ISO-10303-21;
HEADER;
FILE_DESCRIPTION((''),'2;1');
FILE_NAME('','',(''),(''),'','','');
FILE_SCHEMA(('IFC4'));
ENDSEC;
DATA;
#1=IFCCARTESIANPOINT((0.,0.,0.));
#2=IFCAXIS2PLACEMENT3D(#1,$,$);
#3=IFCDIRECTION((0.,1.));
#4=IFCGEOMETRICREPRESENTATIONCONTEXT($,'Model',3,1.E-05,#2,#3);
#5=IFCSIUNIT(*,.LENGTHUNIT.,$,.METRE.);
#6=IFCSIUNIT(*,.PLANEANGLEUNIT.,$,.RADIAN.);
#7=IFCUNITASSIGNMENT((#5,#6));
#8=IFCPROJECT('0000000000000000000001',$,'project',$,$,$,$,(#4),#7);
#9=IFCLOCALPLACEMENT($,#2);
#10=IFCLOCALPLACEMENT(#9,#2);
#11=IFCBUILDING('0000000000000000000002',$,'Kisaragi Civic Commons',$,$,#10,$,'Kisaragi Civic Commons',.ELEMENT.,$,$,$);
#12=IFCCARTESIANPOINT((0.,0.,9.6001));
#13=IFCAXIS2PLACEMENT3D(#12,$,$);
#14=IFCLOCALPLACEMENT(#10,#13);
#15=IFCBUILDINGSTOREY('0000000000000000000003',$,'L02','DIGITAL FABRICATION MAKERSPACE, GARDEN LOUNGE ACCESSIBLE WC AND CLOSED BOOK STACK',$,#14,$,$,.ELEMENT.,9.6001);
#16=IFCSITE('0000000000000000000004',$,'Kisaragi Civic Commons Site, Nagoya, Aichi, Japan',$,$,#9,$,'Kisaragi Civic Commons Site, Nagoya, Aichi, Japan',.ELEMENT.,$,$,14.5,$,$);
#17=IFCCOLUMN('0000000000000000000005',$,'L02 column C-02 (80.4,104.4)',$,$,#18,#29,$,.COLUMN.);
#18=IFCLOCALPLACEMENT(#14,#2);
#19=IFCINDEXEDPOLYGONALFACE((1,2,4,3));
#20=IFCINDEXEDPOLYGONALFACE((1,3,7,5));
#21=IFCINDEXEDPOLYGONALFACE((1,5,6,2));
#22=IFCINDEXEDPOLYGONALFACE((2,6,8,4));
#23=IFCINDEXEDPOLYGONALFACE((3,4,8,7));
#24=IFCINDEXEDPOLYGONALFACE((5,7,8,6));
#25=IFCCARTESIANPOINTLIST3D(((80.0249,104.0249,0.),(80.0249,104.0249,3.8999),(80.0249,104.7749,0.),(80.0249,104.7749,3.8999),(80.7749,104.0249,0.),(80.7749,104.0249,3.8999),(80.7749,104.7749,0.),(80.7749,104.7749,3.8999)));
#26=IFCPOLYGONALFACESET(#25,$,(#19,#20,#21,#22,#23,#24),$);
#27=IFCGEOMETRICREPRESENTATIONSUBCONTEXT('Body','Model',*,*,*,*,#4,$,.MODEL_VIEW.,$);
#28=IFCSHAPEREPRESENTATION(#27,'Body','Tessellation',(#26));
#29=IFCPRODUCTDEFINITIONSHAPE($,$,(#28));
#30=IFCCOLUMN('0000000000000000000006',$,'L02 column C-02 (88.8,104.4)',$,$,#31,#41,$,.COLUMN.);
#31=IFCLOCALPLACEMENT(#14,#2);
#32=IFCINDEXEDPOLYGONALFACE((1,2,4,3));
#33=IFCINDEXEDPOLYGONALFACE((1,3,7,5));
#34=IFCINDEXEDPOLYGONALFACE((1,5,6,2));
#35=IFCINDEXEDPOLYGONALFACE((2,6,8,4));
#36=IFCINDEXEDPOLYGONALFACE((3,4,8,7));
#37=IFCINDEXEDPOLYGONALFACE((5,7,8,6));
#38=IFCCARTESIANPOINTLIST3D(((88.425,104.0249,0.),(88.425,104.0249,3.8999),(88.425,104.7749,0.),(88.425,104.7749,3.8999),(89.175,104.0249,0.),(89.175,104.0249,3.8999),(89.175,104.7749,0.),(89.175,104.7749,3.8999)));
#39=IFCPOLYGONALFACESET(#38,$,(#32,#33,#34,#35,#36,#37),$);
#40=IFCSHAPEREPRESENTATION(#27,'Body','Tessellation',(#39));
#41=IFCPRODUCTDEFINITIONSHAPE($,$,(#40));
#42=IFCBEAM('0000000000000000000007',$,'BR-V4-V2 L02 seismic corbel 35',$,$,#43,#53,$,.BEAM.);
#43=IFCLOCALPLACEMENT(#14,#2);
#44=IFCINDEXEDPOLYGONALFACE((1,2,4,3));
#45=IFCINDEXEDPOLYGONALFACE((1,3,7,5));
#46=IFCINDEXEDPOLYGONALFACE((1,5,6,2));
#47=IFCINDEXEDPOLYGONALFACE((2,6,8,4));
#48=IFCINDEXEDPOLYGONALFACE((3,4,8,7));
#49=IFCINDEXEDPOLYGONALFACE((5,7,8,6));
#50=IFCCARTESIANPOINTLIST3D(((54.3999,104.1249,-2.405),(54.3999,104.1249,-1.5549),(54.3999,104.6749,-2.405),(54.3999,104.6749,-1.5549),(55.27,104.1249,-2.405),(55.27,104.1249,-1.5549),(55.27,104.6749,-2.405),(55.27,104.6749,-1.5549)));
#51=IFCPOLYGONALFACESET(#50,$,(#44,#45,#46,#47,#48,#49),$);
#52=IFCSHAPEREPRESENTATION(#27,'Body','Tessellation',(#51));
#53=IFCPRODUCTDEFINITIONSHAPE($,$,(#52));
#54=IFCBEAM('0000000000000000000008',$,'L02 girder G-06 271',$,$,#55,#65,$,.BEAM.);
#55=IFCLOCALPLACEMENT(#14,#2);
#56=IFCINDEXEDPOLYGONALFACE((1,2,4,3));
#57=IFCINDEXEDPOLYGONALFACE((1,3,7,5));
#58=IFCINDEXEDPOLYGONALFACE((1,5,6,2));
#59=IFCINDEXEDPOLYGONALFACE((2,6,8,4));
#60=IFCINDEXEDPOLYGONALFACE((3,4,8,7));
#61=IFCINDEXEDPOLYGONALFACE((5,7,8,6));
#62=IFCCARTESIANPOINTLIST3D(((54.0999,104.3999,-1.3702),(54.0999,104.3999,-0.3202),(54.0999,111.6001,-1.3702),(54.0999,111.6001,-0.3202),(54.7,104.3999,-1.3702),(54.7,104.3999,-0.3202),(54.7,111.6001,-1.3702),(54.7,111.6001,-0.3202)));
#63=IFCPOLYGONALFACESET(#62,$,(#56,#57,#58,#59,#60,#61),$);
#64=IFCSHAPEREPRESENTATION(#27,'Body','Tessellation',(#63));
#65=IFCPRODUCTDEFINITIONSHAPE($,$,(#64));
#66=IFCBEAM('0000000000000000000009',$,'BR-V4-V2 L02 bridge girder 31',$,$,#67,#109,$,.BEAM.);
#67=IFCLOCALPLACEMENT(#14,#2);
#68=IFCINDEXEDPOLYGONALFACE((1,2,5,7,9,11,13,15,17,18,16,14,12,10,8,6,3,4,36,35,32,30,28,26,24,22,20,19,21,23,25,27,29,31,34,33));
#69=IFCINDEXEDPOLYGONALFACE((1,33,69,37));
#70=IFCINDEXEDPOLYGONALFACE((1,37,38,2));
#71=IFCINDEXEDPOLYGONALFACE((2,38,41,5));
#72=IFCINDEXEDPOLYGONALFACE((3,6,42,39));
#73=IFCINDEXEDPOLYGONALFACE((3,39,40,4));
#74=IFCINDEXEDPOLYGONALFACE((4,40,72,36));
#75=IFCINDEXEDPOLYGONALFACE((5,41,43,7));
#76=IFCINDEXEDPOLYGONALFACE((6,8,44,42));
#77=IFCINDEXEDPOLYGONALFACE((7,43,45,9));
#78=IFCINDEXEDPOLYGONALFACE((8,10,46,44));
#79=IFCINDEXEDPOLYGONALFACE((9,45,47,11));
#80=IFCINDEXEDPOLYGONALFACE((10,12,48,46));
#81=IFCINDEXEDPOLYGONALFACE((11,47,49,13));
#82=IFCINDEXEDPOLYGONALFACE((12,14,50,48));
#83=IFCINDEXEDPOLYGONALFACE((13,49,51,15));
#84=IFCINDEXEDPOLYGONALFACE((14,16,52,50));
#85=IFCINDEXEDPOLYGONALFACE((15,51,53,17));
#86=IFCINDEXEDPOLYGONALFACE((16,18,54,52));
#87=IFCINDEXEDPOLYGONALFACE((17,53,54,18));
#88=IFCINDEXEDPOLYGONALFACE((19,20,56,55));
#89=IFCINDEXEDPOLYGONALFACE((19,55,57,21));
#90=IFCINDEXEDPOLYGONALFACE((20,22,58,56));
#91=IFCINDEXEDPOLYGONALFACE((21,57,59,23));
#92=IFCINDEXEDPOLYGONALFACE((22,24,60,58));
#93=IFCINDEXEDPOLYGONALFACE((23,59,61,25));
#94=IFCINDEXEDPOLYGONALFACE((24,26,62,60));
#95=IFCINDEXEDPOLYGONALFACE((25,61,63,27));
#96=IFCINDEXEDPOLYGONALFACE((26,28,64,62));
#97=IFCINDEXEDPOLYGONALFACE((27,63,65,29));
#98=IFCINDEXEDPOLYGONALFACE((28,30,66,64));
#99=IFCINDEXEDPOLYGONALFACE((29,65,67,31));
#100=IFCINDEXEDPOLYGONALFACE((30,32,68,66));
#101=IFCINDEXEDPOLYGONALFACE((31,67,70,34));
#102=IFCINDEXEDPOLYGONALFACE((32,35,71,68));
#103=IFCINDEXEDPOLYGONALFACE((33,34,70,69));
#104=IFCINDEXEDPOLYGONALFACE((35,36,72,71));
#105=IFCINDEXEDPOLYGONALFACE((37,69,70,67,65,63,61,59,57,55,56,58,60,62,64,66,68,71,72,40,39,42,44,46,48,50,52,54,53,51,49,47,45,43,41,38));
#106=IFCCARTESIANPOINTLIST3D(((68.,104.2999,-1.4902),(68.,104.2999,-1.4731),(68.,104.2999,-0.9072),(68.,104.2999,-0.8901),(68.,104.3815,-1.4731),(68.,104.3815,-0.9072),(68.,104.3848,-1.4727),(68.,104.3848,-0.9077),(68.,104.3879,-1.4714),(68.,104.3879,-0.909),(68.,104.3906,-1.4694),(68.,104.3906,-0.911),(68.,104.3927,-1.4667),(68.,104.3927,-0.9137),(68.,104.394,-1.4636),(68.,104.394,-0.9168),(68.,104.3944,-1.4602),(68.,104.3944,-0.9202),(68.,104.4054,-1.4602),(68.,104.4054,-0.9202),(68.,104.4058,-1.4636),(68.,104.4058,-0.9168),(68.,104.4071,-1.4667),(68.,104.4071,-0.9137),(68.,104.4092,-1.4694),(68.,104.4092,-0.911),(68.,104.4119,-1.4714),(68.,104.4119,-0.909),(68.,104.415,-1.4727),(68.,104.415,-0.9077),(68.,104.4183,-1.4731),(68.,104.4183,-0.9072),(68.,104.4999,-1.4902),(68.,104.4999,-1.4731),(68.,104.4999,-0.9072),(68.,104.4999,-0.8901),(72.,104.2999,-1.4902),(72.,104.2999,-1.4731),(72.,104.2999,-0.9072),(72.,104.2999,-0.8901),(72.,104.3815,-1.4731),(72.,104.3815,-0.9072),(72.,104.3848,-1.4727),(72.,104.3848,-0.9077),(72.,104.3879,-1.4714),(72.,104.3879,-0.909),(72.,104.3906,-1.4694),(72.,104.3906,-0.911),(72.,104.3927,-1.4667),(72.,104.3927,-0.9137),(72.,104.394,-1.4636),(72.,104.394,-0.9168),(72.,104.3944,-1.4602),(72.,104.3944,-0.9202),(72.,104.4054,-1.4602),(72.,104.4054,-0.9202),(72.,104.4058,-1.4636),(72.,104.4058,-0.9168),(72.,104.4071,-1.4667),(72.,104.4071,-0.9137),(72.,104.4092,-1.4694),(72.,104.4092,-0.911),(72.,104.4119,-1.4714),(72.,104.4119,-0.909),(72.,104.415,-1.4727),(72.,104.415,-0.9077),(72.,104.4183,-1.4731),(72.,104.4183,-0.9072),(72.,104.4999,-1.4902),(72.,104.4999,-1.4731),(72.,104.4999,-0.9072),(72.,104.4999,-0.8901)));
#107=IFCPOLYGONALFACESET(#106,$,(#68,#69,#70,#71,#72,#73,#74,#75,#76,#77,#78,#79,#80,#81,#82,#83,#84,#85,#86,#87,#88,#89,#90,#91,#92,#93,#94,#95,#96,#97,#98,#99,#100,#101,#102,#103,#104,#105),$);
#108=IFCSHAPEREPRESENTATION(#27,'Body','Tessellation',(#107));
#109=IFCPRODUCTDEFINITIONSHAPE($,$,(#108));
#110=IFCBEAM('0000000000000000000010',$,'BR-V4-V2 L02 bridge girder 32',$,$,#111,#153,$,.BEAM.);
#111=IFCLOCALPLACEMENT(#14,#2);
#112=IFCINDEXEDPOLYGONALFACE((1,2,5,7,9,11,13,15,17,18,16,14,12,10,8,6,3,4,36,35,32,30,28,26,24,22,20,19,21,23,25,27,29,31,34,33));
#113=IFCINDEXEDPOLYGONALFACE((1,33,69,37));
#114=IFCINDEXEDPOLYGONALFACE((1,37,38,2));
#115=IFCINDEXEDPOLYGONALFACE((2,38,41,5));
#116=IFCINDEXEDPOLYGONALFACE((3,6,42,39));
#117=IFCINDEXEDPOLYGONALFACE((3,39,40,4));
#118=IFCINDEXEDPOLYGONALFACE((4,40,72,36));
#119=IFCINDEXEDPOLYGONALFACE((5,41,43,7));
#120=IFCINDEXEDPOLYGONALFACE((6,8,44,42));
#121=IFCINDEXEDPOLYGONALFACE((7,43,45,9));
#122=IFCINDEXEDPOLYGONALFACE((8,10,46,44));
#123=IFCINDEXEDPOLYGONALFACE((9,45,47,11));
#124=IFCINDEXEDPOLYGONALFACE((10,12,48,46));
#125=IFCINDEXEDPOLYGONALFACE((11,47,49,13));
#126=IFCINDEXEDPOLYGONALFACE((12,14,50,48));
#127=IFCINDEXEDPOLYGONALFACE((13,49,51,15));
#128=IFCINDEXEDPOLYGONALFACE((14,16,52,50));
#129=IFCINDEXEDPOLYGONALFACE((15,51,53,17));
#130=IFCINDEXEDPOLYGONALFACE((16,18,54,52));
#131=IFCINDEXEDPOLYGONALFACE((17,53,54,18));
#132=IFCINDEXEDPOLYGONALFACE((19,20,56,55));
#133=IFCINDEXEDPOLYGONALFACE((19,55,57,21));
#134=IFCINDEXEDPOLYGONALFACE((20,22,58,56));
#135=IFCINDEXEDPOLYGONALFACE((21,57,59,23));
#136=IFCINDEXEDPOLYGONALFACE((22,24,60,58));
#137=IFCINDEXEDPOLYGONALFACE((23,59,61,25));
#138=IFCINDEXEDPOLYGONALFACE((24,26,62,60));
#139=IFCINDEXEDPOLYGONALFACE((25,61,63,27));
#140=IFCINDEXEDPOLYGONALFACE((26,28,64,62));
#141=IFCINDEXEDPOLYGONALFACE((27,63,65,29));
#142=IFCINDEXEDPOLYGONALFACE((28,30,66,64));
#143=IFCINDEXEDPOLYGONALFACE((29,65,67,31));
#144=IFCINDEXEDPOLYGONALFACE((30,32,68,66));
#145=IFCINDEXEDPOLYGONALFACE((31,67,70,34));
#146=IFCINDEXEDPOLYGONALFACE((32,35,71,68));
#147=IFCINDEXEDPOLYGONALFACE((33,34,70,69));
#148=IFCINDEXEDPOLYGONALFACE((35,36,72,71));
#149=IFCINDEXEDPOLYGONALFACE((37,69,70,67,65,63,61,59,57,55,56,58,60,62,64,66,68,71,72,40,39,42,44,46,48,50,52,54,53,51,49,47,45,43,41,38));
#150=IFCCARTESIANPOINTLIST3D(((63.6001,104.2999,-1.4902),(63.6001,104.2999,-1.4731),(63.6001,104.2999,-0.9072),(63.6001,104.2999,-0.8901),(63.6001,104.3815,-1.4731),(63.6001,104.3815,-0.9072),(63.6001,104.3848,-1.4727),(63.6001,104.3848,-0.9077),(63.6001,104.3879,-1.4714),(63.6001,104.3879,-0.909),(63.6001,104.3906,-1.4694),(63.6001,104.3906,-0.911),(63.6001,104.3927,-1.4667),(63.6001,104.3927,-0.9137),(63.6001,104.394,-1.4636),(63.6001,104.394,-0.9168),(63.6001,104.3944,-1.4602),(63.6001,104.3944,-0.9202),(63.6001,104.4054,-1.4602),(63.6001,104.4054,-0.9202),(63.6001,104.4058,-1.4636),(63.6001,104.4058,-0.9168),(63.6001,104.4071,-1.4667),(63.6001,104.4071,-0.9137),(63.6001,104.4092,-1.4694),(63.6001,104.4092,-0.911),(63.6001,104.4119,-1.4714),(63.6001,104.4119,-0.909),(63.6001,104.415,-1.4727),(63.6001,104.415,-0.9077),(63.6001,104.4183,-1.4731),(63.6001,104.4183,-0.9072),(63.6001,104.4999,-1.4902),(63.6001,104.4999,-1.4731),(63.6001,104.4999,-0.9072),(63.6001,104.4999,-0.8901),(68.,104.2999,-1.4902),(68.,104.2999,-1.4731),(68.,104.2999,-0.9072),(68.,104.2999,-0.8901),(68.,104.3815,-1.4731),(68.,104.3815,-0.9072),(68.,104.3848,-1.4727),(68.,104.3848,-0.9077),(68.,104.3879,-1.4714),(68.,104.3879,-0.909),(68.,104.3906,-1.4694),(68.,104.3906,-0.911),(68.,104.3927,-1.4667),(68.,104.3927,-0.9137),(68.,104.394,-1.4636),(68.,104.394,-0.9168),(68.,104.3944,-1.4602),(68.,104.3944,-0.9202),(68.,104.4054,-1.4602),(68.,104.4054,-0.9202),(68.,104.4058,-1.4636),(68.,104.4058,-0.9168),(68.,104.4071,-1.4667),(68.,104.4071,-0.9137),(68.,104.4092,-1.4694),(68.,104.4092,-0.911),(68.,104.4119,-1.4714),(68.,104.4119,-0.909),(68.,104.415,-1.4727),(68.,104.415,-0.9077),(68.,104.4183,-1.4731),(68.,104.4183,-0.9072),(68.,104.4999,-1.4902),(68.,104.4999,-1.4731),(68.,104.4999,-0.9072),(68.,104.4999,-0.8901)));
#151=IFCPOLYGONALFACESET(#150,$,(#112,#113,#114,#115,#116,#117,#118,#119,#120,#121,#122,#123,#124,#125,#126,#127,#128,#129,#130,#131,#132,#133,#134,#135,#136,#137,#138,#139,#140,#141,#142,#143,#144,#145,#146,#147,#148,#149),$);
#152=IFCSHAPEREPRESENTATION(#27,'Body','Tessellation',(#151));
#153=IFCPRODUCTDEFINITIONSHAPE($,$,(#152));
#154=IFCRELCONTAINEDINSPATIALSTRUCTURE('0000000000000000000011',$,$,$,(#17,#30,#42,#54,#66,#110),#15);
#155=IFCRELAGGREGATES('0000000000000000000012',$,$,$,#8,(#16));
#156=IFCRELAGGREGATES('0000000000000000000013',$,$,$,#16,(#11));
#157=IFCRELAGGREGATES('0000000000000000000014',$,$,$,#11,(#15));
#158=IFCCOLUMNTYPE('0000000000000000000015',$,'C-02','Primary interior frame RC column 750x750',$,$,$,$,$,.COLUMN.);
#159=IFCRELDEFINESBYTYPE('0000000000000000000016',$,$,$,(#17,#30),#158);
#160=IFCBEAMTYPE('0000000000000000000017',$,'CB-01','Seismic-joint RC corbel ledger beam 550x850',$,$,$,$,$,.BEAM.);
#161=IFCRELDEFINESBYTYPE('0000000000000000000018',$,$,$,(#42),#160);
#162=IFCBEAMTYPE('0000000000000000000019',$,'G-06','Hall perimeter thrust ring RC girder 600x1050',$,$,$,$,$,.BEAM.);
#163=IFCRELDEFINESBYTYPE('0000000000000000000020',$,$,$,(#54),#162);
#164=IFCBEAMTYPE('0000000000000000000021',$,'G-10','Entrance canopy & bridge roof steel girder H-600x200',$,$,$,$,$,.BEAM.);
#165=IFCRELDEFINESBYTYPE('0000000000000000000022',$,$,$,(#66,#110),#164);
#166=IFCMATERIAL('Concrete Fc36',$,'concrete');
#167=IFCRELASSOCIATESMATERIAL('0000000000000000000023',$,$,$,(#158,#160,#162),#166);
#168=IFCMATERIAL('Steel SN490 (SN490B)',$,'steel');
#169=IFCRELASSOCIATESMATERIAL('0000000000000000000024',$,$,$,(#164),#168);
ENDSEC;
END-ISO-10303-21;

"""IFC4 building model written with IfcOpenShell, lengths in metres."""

from ifc_helpers import new_model, si_unit, direction, frame, origin, origin_2d, place, context, subcontext, project, spatial, rectangle, i_section, extrude, material, material_profile, profile_set, type_object, element, save


model = new_model("IFC4")

# Units and contexts
model_context = context("Model", 3, precision=1e-05, world=origin(), true_north=direction((0.0, 1.0)))
body_context = subcontext(model_context, "Body", "Model", "MODEL_VIEW")
ifc_project = project(units=[si_unit("LENGTHUNIT", "METRE"), si_unit("PLANEANGLEUNIT", "RADIAN")], contexts=[model_context])

# Site, building, storey
site_placement = place(None, origin())
site = spatial("IfcSite", under=ifc_project, at=site_placement, Name="Kisaragi Civic Commons Site, Nagoya, Aichi, Japan", LongName="Kisaragi Civic Commons Site, Nagoya, Aichi, Japan", CompositionType="ELEMENT", RefElevation=14.5)
building_placement = place(site_placement, origin())
building = spatial("IfcBuilding", under=site, at=building_placement, Name="Kisaragi Civic Commons", LongName="Kisaragi Civic Commons", CompositionType="ELEMENT")
storey_placement = place(building_placement, frame((0.0, 0.0, 9.6001)))
storey = spatial("IfcBuildingStorey", under=building, at=storey_placement, Name="L02", Description="DIGITAL FABRICATION MAKERSPACE, GARDEN LOUNGE ACCESSIBLE WC AND CLOSED BOOK STACK", CompositionType="ELEMENT", Elevation=9.6001)

# Columns
ifc_material_1 = material(Name="Concrete Fc36", Category="concrete")
ifc_material_profile_1 = material_profile(ifc_material_1, rectangle(XDim=0.75, YDim=0.75, at=origin_2d()), Name="RC-750x750", Category="concrete")
ifc_profile_set_1 = profile_set([ifc_material_profile_1], Name="Concrete Fc36")
column_type = type_object("IfcColumnType", Name="C-02", Description="Primary interior frame RC column 750x750", PredefinedType="COLUMN", material=ifc_profile_set_1)
for number, where, z_axis, x_axis, name in (
    (1, (80.3999, 104.3999, 0.0), (0.0, 0.0, 1.0), (1.0, 0.0, 0.0), "L02 column C-02 (80.4,104.4)"),
    (2, (88.8, 104.3999, 0.0), (0.0, 0.0, 1.0), (1.0, 0.0, 0.0), "L02 column C-02 (88.8,104.4)"),
):
    element("IfcColumn", number, at=place(storey_placement, frame(where, z_axis=z_axis, x_axis=x_axis)), inside=storey, type_object=column_type, Name=name, PredefinedType="COLUMN", context=body_context, shape_type="SweptSolid", body=[
        extrude(rectangle(XDim=0.75, YDim=0.75, at=origin_2d()), origin(), (0.0, 0.0, 1.0), 3.8999),
    ])

# Beams
ifc_material_profile_2 = material_profile(ifc_material_1, rectangle(XDim=0.55, YDim=0.8501, at=origin_2d()), Name="RC-550x850", Category="concrete")
ifc_profile_set_2 = profile_set([ifc_material_profile_2], Name="Concrete Fc36")
beam_type_1 = type_object("IfcBeamType", Name="CB-01", Description="Seismic-joint RC corbel ledger beam 550x850", PredefinedType="BEAM", material=ifc_profile_set_2)
beam_1_placement = place(storey_placement, frame((54.3999, 104.3999, -1.98), z_axis=(1.0, 0.0, 0.0), x_axis=(0.0, 1.0, 0.0)))
element("IfcBeam", 3, at=beam_1_placement, inside=storey, type_object=beam_type_1, Name="BR-V4-V2 L02 seismic corbel 35", PredefinedType="BEAM", context=body_context, shape_type="SweptSolid", body=[
    extrude(rectangle(XDim=0.55, YDim=0.8501, at=origin_2d()), origin(), (0.0, 0.0, 1.0), 0.8701),
])
ifc_material_profile_3 = material_profile(ifc_material_1, rectangle(XDim=0.6001, YDim=1.05, at=origin_2d()), Name="RC-600x1050", Category="concrete")
ifc_profile_set_3 = profile_set([ifc_material_profile_3], Name="Concrete Fc36")
beam_type_2 = type_object("IfcBeamType", Name="G-06", Description="Hall perimeter thrust ring RC girder 600x1050", PredefinedType="BEAM", material=ifc_profile_set_3)
beam_2_placement = place(storey_placement, frame((54.3999, 104.3999, -0.8452), z_axis=(0.0, 1.0, 0.0), x_axis=(-1.0, 0.0, 0.0)))
element("IfcBeam", 4, at=beam_2_placement, inside=storey, type_object=beam_type_2, Name="L02 girder G-06 271", PredefinedType="BEAM", context=body_context, shape_type="SweptSolid", body=[
    extrude(rectangle(XDim=0.6001, YDim=1.05, at=origin_2d()), origin(), (0.0, 0.0, 1.0), 7.2002),
])
ifc_material_2 = material(Name="Steel SN490 (SN490B)", Category="steel")
ifc_material_profile_4 = material_profile(ifc_material_2, i_section(OverallWidth=0.2, OverallDepth=0.6001, WebThickness=0.011, FlangeThickness=0.0171, FilletRadius=0.0129, at=origin_2d()), Name="H-600x200x11x17", Category="steel")
ifc_profile_set_4 = profile_set([ifc_material_profile_4], Name="Steel SN490 (SN490B)")
beam_type_3 = type_object("IfcBeamType", Name="G-10", Description="Entrance canopy & bridge roof steel girder H-600x200", PredefinedType="BEAM", material=ifc_profile_set_4)
beam_3_placement = place(storey_placement, frame((72.0, 104.3999, -1.1902), z_axis=(-1.0, 0.0, 0.0), x_axis=(0.0, -1.0, 0.0)))
element("IfcBeam", 5, at=beam_3_placement, inside=storey, type_object=beam_type_3, Name="BR-V4-V2 L02 bridge girder 31", PredefinedType="BEAM", context=body_context, shape_type="SweptSolid", body=[
    extrude(i_section(OverallWidth=0.2, OverallDepth=0.6001, WebThickness=0.011, FlangeThickness=0.0171, FilletRadius=0.0129, at=origin_2d()), origin(), (0.0, 0.0, 1.0), 4.0),
])
beam_4_placement = place(storey_placement, frame((68.0, 104.3999, -1.1902), z_axis=(-1.0, 0.0, 0.0), x_axis=(0.0, -1.0, 0.0)))
element("IfcBeam", 6, at=beam_4_placement, inside=storey, type_object=beam_type_3, Name="BR-V4-V2 L02 bridge girder 32", PredefinedType="BEAM", context=body_context, shape_type="SweptSolid", body=[
    extrude(i_section(OverallWidth=0.2, OverallDepth=0.6001, WebThickness=0.011, FlangeThickness=0.0171, FilletRadius=0.0129, at=origin_2d()), origin(), (0.0, 0.0, 1.0), 4.3999),
])

save(model, "model.ifc")
